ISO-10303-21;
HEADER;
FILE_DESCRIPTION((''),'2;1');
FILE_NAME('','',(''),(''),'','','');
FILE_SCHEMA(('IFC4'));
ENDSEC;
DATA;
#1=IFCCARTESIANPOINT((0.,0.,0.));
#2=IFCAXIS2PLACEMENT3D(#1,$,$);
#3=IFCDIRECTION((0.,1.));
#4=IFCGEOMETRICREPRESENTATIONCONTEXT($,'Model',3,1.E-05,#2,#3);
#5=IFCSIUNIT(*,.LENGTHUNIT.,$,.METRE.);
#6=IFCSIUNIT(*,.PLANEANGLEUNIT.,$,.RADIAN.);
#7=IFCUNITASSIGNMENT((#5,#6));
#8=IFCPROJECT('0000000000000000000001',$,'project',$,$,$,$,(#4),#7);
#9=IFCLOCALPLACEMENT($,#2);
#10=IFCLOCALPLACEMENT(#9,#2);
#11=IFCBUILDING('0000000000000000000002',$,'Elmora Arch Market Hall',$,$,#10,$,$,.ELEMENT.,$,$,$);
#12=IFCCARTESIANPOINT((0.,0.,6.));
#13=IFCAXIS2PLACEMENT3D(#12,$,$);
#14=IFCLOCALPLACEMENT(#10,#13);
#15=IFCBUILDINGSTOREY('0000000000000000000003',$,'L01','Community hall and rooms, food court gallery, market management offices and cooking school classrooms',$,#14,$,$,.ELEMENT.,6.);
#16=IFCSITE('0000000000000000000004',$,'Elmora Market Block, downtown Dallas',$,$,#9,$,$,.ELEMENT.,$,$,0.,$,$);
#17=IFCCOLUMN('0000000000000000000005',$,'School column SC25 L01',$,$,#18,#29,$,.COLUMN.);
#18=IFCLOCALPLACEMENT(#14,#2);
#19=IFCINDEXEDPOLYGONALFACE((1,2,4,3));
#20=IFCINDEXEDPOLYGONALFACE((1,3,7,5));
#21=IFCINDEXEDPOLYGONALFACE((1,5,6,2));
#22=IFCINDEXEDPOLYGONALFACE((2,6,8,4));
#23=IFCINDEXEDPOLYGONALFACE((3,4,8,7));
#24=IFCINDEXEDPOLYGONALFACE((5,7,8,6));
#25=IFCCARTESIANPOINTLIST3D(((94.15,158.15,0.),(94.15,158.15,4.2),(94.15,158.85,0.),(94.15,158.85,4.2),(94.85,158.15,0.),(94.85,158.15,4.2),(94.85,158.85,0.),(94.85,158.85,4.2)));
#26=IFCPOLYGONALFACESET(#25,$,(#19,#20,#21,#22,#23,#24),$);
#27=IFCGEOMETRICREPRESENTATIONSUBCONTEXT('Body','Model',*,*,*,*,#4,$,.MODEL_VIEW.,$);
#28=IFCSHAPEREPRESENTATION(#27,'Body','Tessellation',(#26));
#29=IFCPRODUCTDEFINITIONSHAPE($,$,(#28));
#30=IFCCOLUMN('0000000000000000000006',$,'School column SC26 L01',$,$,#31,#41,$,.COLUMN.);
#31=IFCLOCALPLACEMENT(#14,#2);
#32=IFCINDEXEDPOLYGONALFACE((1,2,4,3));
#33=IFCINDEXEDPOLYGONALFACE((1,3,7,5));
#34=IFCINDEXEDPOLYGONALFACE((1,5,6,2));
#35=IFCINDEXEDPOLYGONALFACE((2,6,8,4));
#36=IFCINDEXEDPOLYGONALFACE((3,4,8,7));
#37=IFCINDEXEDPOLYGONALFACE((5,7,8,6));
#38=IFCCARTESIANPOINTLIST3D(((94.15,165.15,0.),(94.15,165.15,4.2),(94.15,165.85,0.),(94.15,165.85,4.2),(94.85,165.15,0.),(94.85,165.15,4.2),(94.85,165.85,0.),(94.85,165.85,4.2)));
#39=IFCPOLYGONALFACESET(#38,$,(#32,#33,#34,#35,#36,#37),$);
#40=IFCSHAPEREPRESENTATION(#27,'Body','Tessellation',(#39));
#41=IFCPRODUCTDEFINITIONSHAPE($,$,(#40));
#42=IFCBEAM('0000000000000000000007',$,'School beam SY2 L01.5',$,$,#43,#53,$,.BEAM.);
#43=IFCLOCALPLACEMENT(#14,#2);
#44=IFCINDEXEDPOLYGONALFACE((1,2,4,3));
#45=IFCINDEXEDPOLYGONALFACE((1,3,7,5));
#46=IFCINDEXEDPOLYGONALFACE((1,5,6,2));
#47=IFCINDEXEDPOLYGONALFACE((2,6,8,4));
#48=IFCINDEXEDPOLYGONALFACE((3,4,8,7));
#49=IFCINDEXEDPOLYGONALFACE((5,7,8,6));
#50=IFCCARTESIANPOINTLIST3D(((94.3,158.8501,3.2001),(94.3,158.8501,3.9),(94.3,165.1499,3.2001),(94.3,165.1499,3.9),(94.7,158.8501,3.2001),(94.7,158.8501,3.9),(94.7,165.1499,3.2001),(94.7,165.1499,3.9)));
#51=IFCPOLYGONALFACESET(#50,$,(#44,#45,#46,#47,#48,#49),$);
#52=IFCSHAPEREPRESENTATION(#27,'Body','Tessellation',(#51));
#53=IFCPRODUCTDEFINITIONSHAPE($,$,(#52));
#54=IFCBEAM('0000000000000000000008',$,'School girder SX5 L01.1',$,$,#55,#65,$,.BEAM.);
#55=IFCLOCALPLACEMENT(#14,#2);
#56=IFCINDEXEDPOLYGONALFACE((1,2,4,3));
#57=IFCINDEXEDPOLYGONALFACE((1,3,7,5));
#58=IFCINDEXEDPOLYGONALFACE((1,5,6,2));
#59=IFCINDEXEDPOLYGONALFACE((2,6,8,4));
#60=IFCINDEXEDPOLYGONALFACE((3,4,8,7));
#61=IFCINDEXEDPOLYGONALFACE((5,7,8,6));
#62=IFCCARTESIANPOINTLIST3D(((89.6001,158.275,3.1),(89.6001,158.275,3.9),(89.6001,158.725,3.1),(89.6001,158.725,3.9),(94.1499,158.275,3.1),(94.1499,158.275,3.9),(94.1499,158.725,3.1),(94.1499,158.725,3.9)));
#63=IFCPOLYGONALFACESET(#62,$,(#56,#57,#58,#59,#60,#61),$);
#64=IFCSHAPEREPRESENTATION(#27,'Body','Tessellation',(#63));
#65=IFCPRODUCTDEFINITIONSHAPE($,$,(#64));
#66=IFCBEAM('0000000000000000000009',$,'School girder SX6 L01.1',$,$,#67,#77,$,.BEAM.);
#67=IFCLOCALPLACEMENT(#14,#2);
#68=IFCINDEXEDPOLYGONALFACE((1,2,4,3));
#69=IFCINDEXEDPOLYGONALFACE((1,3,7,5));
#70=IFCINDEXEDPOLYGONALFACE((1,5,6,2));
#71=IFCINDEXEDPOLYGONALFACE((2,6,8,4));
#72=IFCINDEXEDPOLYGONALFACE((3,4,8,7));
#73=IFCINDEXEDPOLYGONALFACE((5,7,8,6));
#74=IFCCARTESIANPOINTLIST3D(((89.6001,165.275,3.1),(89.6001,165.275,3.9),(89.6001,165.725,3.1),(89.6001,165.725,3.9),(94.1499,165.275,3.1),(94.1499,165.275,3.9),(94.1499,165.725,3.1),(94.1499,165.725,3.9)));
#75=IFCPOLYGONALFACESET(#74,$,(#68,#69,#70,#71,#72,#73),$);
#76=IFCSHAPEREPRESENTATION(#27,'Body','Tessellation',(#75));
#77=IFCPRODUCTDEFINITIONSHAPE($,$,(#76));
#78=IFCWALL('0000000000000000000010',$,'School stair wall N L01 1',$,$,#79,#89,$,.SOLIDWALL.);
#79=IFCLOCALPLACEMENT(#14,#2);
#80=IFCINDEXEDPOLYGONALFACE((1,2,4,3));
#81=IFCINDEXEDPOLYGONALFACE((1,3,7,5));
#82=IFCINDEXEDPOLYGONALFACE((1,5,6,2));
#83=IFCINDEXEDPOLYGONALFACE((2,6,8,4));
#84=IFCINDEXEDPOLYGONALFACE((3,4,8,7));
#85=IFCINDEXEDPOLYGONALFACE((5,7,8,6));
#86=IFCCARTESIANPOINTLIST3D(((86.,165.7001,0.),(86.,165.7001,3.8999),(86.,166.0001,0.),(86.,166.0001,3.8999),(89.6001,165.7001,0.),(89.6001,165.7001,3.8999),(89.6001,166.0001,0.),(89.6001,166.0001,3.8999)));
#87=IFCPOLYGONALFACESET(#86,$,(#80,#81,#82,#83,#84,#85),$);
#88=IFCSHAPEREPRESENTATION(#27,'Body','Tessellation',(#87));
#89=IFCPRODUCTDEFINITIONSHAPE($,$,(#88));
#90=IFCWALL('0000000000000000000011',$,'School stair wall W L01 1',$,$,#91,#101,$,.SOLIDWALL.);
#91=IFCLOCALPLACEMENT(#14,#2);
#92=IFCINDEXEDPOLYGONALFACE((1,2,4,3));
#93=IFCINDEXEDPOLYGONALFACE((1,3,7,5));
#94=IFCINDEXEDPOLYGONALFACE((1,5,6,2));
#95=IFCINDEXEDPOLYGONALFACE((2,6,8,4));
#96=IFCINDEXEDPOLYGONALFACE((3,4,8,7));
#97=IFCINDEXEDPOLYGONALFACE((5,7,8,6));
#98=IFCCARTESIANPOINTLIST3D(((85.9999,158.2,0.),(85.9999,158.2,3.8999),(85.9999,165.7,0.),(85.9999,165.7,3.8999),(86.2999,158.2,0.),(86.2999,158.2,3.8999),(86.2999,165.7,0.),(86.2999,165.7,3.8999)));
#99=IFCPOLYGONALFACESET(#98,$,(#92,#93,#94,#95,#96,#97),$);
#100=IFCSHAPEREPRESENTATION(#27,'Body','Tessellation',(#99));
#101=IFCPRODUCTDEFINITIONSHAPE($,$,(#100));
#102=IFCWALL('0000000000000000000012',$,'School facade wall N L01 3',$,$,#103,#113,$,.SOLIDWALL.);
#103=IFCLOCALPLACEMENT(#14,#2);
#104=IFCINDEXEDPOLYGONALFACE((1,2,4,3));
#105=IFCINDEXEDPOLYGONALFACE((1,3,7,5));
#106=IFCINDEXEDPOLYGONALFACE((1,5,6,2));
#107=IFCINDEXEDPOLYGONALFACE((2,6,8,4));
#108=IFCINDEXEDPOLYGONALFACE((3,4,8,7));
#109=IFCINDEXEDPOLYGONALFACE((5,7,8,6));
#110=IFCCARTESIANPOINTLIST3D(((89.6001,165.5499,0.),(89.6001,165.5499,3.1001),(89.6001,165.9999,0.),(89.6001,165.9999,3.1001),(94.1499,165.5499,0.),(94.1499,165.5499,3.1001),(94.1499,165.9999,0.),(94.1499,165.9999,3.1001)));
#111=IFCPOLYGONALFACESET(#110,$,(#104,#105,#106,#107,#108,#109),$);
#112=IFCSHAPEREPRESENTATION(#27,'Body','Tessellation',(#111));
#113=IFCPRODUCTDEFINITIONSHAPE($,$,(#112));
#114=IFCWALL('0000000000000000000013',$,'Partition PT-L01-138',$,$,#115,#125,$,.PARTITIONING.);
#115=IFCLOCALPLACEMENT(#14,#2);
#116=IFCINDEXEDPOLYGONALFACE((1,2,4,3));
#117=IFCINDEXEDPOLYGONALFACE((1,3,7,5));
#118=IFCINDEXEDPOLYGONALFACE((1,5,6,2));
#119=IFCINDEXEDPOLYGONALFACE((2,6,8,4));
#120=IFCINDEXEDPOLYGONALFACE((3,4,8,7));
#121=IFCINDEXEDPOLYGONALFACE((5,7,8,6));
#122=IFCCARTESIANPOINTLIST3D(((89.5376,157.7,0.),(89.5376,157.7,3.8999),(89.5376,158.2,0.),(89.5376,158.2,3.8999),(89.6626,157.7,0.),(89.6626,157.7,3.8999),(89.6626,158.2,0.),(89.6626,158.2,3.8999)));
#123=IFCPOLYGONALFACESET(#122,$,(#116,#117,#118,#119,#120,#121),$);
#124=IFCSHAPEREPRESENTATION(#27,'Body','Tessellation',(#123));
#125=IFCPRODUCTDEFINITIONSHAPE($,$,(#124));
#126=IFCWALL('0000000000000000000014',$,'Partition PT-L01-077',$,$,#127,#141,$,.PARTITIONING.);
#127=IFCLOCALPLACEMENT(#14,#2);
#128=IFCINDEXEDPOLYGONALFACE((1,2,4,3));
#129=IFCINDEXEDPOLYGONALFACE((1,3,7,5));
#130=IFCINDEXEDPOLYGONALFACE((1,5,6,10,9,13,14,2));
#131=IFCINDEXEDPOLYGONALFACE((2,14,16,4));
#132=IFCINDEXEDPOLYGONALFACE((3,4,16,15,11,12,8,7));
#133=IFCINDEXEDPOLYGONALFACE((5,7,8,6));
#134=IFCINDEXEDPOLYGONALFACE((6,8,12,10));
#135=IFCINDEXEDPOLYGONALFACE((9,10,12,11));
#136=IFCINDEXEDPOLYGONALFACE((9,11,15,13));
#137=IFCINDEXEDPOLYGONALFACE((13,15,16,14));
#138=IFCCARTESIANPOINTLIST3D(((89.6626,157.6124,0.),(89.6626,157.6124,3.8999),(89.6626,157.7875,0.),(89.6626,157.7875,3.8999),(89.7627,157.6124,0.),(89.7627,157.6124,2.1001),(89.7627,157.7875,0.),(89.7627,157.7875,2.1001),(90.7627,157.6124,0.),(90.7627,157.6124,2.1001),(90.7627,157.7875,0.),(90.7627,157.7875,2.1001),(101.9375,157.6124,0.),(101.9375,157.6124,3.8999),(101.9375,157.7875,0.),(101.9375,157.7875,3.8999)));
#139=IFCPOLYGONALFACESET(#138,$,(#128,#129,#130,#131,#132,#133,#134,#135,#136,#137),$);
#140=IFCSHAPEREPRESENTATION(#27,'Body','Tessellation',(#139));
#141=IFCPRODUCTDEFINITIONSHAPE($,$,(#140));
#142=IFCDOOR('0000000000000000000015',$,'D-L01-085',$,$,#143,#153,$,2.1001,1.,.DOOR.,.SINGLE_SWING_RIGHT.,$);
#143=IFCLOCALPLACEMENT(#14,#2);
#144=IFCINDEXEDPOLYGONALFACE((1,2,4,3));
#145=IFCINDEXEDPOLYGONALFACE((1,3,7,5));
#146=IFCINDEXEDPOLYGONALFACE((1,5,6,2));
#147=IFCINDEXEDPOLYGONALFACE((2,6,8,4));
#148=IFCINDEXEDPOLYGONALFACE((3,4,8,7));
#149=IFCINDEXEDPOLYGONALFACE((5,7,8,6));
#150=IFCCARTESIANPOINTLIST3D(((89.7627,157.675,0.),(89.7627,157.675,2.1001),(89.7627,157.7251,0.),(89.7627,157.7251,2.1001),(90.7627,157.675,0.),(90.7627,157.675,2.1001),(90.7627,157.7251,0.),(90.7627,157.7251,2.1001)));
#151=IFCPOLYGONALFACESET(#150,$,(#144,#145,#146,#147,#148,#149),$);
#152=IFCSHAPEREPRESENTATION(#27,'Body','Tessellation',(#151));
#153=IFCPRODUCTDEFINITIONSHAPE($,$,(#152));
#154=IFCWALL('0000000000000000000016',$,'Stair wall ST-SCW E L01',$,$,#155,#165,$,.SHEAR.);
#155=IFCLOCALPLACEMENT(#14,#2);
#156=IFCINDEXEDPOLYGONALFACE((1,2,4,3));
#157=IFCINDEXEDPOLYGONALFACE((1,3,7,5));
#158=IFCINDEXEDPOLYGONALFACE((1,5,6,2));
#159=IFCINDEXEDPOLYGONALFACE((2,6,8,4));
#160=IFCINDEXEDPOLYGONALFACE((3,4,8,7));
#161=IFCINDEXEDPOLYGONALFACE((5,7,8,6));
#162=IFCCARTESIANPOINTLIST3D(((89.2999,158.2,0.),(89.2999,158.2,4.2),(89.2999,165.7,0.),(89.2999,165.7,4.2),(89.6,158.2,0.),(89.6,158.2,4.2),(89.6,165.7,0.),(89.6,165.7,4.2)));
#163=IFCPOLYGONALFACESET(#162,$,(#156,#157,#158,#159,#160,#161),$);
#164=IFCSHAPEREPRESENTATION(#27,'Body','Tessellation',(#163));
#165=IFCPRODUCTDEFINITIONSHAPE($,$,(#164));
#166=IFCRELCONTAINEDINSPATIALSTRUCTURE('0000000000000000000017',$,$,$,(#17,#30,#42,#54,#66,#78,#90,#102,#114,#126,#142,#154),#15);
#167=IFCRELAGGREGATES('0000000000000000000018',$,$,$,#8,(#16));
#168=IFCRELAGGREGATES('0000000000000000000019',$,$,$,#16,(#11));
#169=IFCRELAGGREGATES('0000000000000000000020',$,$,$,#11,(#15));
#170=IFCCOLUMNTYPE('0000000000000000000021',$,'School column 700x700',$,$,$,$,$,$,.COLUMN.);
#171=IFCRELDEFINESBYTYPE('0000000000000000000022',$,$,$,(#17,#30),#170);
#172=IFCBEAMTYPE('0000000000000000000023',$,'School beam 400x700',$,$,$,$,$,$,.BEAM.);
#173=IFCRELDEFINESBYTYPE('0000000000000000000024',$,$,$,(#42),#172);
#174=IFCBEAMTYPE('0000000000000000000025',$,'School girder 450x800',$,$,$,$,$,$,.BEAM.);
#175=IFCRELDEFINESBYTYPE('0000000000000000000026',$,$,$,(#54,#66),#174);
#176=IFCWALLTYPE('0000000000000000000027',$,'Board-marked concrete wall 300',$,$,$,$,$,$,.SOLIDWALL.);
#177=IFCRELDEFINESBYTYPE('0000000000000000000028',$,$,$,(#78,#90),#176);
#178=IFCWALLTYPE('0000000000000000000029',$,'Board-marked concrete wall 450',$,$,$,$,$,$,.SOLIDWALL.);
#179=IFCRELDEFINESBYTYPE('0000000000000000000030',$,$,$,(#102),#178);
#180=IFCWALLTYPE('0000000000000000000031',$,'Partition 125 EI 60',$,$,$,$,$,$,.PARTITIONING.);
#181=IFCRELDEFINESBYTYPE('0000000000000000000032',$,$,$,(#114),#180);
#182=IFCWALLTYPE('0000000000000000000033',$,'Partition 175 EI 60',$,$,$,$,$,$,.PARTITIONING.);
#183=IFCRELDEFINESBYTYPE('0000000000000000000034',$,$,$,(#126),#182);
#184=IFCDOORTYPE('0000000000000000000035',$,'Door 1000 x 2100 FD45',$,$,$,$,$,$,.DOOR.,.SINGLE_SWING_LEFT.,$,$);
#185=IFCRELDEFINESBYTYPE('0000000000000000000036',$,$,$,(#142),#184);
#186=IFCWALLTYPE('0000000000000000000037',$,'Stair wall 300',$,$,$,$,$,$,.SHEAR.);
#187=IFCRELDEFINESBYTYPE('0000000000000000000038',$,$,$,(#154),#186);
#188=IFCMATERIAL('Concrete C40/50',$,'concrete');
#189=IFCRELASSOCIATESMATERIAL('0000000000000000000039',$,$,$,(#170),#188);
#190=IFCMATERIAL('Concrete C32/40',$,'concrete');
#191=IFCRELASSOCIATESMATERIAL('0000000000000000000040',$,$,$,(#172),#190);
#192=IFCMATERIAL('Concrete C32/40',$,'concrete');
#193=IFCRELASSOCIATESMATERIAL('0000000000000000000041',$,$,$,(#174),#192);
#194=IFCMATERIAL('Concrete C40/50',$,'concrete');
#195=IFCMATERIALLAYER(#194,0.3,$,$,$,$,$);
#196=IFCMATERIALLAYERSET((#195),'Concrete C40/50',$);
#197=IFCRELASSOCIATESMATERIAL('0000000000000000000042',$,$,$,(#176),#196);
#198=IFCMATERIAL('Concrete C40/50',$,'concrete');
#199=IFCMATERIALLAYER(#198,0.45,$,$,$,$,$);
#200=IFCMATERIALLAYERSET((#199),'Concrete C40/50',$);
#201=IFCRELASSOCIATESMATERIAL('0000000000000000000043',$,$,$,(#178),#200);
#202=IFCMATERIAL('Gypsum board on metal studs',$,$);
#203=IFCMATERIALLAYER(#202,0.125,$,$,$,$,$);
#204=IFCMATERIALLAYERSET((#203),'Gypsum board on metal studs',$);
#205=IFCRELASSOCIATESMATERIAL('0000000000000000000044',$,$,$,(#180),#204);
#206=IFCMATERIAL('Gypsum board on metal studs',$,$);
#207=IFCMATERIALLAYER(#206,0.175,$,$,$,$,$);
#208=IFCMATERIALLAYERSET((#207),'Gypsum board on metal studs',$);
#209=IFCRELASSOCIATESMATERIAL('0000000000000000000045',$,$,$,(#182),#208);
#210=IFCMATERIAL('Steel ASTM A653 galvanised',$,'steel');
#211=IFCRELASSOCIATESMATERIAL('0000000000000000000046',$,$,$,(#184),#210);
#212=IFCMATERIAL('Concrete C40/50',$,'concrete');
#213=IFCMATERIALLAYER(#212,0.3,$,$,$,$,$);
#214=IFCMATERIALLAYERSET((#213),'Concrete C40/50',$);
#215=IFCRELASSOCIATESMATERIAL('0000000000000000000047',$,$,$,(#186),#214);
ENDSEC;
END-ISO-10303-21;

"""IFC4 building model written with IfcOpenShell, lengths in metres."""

from ifc_helpers import new_model, si_unit, direction, frame, frame_2d, origin, origin_2d, place, context, subcontext, project, spatial, rectangle, extrude, material, layer, layer_set, material_profile, profile_set, type_object, element, fill, save


model = new_model("IFC4")

# Units and contexts
model_context = context("Model", 3, precision=1e-05, world=origin(), true_north=direction((0.0, 1.0)))
body_context = subcontext(model_context, "Body", "Model", "MODEL_VIEW")
ifc_project = project(units=[si_unit("LENGTHUNIT", "METRE"), si_unit("PLANEANGLEUNIT", "RADIAN")], contexts=[model_context])

# Site, building, storey
site_placement = place(None, origin())
site = spatial("IfcSite", under=ifc_project, at=site_placement, Name="Elmora Market Block, downtown Dallas", CompositionType="ELEMENT", RefElevation=0.0)
building_placement = place(site_placement, origin())
building = spatial("IfcBuilding", under=site, at=building_placement, Name="Elmora Arch Market Hall", CompositionType="ELEMENT")
storey_placement = place(building_placement, frame((0.0, 0.0, 6.0)))
storey = spatial("IfcBuildingStorey", under=building, at=storey_placement, Name="L01", Description="Community hall and rooms, food court gallery, market management offices and cooking school classrooms", CompositionType="ELEMENT", Elevation=6.0)

# Columns
ifc_material_1 = material(Name="Concrete C40/50", Category="concrete")
ifc_material_profile_1 = material_profile(ifc_material_1, rectangle(XDim=0.7, YDim=0.7, at=origin_2d()), Name="School column 700x700")
ifc_profile_set_1 = profile_set([ifc_material_profile_1], Name="Concrete C40/50")
column_type = type_object("IfcColumnType", Name="School column 700x700", PredefinedType="COLUMN", material=ifc_profile_set_1)
for number, where, z_axis, x_axis, name in (
    (1, (94.5, 158.5, 0.0), (0.0, 0.0, 1.0), (1.0, 0.0, 0.0), "School column SC25 L01"),
    (2, (94.5, 165.5, 0.0), (0.0, 0.0, 1.0), (1.0, 0.0, 0.0), "School column SC26 L01"),
):
    element("IfcColumn", number, at=place(storey_placement, frame(where, z_axis=z_axis, x_axis=x_axis)), inside=storey, type_object=column_type, Name=name, PredefinedType="COLUMN", context=body_context, shape_type="SweptSolid", body=[
        extrude(rectangle(XDim=0.7, YDim=0.7, at=origin_2d()), origin(), (0.0, 0.0, 1.0), 4.2),
    ])

# Beams
ifc_material_2 = material(Name="Concrete C32/40", Category="concrete")
ifc_material_profile_2 = material_profile(ifc_material_2, rectangle(XDim=0.3999, YDim=0.7, at=origin_2d()), Name="School beam 400x700")
ifc_profile_set_2 = profile_set([ifc_material_profile_2], Name="Concrete C32/40")
beam_type_1 = type_object("IfcBeamType", Name="School beam 400x700", PredefinedType="BEAM", material=ifc_profile_set_2)
beam_placement = place(storey_placement, frame((94.5, 158.8501, 3.55), z_axis=(0.0, 1.0, 0.0), x_axis=(-1.0, 0.0, 0.0)))
element("IfcBeam", 3, at=beam_placement, inside=storey, type_object=beam_type_1, Name="School beam SY2 L01.5", PredefinedType="BEAM", context=body_context, shape_type="SweptSolid", body=[
    extrude(rectangle(XDim=0.3999, YDim=0.7, at=origin_2d()), origin(), (0.0, 0.0, 1.0), 6.2998),
])
ifc_material_3 = material(Name="Concrete C32/40", Category="concrete")
ifc_material_profile_3 = material_profile(ifc_material_3, rectangle(XDim=0.45, YDim=0.8, at=origin_2d()), Name="School girder 450x800")
ifc_profile_set_3 = profile_set([ifc_material_profile_3], Name="Concrete C32/40")
beam_type_2 = type_object("IfcBeamType", Name="School girder 450x800", PredefinedType="BEAM", material=ifc_profile_set_3)
for number, where, z_axis, x_axis, name in (
    (4, (89.6001, 158.5, 3.5), (1.0, 0.0, 0.0), (0.0, 1.0, 0.0), "School girder SX5 L01.1"),
    (5, (89.6001, 165.5, 3.5), (1.0, 0.0, 0.0), (0.0, 1.0, 0.0), "School girder SX6 L01.1"),
):
    element("IfcBeam", number, at=place(storey_placement, frame(where, z_axis=z_axis, x_axis=x_axis)), inside=storey, type_object=beam_type_2, Name=name, PredefinedType="BEAM", context=body_context, shape_type="SweptSolid", body=[
        extrude(rectangle(XDim=0.45, YDim=0.8, at=origin_2d()), origin(), (0.0, 0.0, 1.0), 4.5498),
    ])

# Walls
ifc_material_4 = material(Name="Concrete C40/50", Category="concrete")
ifc_layer_1 = layer(ifc_material_4, 0.3)
ifc_layer_set_1 = layer_set([ifc_layer_1], Name="Concrete C40/50")
wall_type_1 = type_object("IfcWallType", Name="Board-marked concrete wall 300", PredefinedType="SOLIDWALL", material=ifc_layer_set_1)
wall_1_placement = place(storey_placement, frame((86.0, 165.8501, 0.0), z_axis=(0.0, 0.0, 1.0), x_axis=(1.0, 0.0, 0.0)))
element("IfcWall", 6, at=wall_1_placement, inside=storey, type_object=wall_type_1, Name="School stair wall N L01 1", PredefinedType="SOLIDWALL", context=body_context, shape_type="SweptSolid", body=[
    extrude(rectangle(XDim=3.6001, YDim=0.3, at=frame_2d((1.8, 0.0))), origin(), (0.0, 0.0, 1.0), 3.8999),
])
wall_2_placement = place(storey_placement, frame((86.1499, 158.2, 0.0), z_axis=(0.0, 0.0, 1.0), x_axis=(0.0, 1.0, 0.0)))
element("IfcWall", 7, at=wall_2_placement, inside=storey, type_object=wall_type_1, Name="School stair wall W L01 1", PredefinedType="SOLIDWALL", context=body_context, shape_type="SweptSolid", body=[
    extrude(rectangle(XDim=7.5, YDim=0.3, at=frame_2d((3.75, 0.0))), origin(), (0.0, 0.0, 1.0), 3.8999),
])
ifc_material_5 = material(Name="Concrete C40/50", Category="concrete")
ifc_layer_2 = layer(ifc_material_5, 0.45)
ifc_layer_set_2 = layer_set([ifc_layer_2], Name="Concrete C40/50")
wall_type_2 = type_object("IfcWallType", Name="Board-marked concrete wall 450", PredefinedType="SOLIDWALL", material=ifc_layer_set_2)
wall_3_placement = place(storey_placement, frame((89.6001, 165.7749, 0.0), z_axis=(0.0, 0.0, 1.0), x_axis=(1.0, 0.0, 0.0)))
element("IfcWall", 8, at=wall_3_placement, inside=storey, type_object=wall_type_2, Name="School facade wall N L01 3", PredefinedType="SOLIDWALL", context=body_context, shape_type="SweptSolid", body=[
    extrude(rectangle(XDim=4.5498, YDim=0.45, at=frame_2d((2.2749, 0.0))), origin(), (0.0, 0.0, 1.0), 3.1001),
])
ifc_material_6 = material(Name="Gypsum board on metal studs")
ifc_layer_3 = layer(ifc_material_6, 0.125)
ifc_layer_set_3 = layer_set([ifc_layer_3], Name="Gypsum board on metal studs")
wall_type_3 = type_object("IfcWallType", Name="Partition 125 EI 60", PredefinedType="PARTITIONING", material=ifc_layer_set_3)
wall_4_placement = place(storey_placement, frame((89.6001, 157.7, 0.0), z_axis=(0.0, 0.0, 1.0), x_axis=(0.0, 1.0, 0.0)))
element("IfcWall", 9, at=wall_4_placement, inside=storey, type_object=wall_type_3, Name="Partition PT-L01-138", PredefinedType="PARTITIONING", context=body_context, shape_type="SweptSolid", body=[
    extrude(rectangle(XDim=0.5, YDim=0.125, at=frame_2d((0.25, 0.0))), origin(), (0.0, 0.0, 1.0), 3.8999),
])

# Wall, opening, door
ifc_material_7 = material(Name="Gypsum board on metal studs")
ifc_layer_4 = layer(ifc_material_7, 0.175)
ifc_layer_set_4 = layer_set([ifc_layer_4], Name="Gypsum board on metal studs")
wall_type_4 = type_object("IfcWallType", Name="Partition 175 EI 60", PredefinedType="PARTITIONING", material=ifc_layer_set_4)
wall_5_placement = place(storey_placement, frame((89.6626, 157.7, 0.0), z_axis=(0.0, 0.0, 1.0), x_axis=(1.0, 0.0, 0.0)))
wall_5 = element("IfcWall", 10, at=wall_5_placement, inside=storey, type_object=wall_type_4, Name="Partition PT-L01-077", PredefinedType="PARTITIONING", context=body_context, shape_type="SweptSolid", body=[
    extrude(rectangle(XDim=12.2749, YDim=0.175, at=frame_2d((6.1375, 0.0))), origin(), (0.0, 0.0, 1.0), 3.8999),
])
opening_1_placement = place(wall_5_placement, frame((0.1001, 0.0, 0.0)))
opening_1 = element("IfcOpeningElement", 11, at=opening_1_placement, cuts=wall_5, PredefinedType="OPENING", context=body_context, shape_type="SweptSolid", body=[
    extrude(rectangle(XDim=1.0, YDim=2.1001, at=frame_2d((0.5, 1.05))), frame((0.0, 0.0974, 0.0), z_axis=(0.0, -1.0, 0.0), x_axis=(1.0, 0.0, 0.0)), (0.0, 0.0, 1.0), 0.1951),
])
ifc_material_8 = material(Name="Steel ASTM A653 galvanised", Category="steel")
door_type_1 = type_object("IfcDoorType", Name="Door 1000 x 2100 FD45", OperationType="SINGLE_SWING_LEFT", PredefinedType="DOOR", material=ifc_material_8)
door_1_placement = place(opening_1_placement, frame((1.0, 0.0, 0.0), z_axis=(0.0, 0.0, 1.0), x_axis=(-1.0, 0.0, 0.0)))
door_1 = element("IfcDoor", 12, at=door_1_placement, inside=storey, type_object=door_type_1, Name="D-L01-085", OperationType="SINGLE_SWING_RIGHT", OverallHeight=2.1001, OverallWidth=1.0, PredefinedType="DOOR", context=body_context, shape_type="SweptSolid", body=[
    extrude(rectangle(XDim=1.0, YDim=2.1001, at=frame_2d((0.5, 1.05))), frame((0.0, 0.0249, 0.0), z_axis=(0.0, -1.0, 0.0), x_axis=(1.0, 0.0, 0.0)), (0.0, 0.0, 1.0), 0.05),
])
fill(opening_1, door_1)

# Wall
ifc_material_9 = material(Name="Concrete C40/50", Category="concrete")
ifc_layer_5 = layer(ifc_material_9, 0.3)
ifc_layer_set_5 = layer_set([ifc_layer_5], Name="Concrete C40/50")
wall_type_5 = type_object("IfcWallType", Name="Stair wall 300", PredefinedType="SHEAR", material=ifc_layer_set_5)
wall_6_placement = place(storey_placement, frame((89.45, 158.2, 0.0), z_axis=(0.0, 0.0, 1.0), x_axis=(0.0, 1.0, 0.0)))
element("IfcWall", 13, at=wall_6_placement, inside=storey, type_object=wall_type_5, Name="Stair wall ST-SCW E L01", PredefinedType="SHEAR", context=body_context, shape_type="SweptSolid", body=[
    extrude(rectangle(XDim=7.5, YDim=0.3, at=frame_2d((3.75, 0.0))), origin(), (0.0, 0.0, 1.0), 4.2),
])

save(model, "model.ifc")
